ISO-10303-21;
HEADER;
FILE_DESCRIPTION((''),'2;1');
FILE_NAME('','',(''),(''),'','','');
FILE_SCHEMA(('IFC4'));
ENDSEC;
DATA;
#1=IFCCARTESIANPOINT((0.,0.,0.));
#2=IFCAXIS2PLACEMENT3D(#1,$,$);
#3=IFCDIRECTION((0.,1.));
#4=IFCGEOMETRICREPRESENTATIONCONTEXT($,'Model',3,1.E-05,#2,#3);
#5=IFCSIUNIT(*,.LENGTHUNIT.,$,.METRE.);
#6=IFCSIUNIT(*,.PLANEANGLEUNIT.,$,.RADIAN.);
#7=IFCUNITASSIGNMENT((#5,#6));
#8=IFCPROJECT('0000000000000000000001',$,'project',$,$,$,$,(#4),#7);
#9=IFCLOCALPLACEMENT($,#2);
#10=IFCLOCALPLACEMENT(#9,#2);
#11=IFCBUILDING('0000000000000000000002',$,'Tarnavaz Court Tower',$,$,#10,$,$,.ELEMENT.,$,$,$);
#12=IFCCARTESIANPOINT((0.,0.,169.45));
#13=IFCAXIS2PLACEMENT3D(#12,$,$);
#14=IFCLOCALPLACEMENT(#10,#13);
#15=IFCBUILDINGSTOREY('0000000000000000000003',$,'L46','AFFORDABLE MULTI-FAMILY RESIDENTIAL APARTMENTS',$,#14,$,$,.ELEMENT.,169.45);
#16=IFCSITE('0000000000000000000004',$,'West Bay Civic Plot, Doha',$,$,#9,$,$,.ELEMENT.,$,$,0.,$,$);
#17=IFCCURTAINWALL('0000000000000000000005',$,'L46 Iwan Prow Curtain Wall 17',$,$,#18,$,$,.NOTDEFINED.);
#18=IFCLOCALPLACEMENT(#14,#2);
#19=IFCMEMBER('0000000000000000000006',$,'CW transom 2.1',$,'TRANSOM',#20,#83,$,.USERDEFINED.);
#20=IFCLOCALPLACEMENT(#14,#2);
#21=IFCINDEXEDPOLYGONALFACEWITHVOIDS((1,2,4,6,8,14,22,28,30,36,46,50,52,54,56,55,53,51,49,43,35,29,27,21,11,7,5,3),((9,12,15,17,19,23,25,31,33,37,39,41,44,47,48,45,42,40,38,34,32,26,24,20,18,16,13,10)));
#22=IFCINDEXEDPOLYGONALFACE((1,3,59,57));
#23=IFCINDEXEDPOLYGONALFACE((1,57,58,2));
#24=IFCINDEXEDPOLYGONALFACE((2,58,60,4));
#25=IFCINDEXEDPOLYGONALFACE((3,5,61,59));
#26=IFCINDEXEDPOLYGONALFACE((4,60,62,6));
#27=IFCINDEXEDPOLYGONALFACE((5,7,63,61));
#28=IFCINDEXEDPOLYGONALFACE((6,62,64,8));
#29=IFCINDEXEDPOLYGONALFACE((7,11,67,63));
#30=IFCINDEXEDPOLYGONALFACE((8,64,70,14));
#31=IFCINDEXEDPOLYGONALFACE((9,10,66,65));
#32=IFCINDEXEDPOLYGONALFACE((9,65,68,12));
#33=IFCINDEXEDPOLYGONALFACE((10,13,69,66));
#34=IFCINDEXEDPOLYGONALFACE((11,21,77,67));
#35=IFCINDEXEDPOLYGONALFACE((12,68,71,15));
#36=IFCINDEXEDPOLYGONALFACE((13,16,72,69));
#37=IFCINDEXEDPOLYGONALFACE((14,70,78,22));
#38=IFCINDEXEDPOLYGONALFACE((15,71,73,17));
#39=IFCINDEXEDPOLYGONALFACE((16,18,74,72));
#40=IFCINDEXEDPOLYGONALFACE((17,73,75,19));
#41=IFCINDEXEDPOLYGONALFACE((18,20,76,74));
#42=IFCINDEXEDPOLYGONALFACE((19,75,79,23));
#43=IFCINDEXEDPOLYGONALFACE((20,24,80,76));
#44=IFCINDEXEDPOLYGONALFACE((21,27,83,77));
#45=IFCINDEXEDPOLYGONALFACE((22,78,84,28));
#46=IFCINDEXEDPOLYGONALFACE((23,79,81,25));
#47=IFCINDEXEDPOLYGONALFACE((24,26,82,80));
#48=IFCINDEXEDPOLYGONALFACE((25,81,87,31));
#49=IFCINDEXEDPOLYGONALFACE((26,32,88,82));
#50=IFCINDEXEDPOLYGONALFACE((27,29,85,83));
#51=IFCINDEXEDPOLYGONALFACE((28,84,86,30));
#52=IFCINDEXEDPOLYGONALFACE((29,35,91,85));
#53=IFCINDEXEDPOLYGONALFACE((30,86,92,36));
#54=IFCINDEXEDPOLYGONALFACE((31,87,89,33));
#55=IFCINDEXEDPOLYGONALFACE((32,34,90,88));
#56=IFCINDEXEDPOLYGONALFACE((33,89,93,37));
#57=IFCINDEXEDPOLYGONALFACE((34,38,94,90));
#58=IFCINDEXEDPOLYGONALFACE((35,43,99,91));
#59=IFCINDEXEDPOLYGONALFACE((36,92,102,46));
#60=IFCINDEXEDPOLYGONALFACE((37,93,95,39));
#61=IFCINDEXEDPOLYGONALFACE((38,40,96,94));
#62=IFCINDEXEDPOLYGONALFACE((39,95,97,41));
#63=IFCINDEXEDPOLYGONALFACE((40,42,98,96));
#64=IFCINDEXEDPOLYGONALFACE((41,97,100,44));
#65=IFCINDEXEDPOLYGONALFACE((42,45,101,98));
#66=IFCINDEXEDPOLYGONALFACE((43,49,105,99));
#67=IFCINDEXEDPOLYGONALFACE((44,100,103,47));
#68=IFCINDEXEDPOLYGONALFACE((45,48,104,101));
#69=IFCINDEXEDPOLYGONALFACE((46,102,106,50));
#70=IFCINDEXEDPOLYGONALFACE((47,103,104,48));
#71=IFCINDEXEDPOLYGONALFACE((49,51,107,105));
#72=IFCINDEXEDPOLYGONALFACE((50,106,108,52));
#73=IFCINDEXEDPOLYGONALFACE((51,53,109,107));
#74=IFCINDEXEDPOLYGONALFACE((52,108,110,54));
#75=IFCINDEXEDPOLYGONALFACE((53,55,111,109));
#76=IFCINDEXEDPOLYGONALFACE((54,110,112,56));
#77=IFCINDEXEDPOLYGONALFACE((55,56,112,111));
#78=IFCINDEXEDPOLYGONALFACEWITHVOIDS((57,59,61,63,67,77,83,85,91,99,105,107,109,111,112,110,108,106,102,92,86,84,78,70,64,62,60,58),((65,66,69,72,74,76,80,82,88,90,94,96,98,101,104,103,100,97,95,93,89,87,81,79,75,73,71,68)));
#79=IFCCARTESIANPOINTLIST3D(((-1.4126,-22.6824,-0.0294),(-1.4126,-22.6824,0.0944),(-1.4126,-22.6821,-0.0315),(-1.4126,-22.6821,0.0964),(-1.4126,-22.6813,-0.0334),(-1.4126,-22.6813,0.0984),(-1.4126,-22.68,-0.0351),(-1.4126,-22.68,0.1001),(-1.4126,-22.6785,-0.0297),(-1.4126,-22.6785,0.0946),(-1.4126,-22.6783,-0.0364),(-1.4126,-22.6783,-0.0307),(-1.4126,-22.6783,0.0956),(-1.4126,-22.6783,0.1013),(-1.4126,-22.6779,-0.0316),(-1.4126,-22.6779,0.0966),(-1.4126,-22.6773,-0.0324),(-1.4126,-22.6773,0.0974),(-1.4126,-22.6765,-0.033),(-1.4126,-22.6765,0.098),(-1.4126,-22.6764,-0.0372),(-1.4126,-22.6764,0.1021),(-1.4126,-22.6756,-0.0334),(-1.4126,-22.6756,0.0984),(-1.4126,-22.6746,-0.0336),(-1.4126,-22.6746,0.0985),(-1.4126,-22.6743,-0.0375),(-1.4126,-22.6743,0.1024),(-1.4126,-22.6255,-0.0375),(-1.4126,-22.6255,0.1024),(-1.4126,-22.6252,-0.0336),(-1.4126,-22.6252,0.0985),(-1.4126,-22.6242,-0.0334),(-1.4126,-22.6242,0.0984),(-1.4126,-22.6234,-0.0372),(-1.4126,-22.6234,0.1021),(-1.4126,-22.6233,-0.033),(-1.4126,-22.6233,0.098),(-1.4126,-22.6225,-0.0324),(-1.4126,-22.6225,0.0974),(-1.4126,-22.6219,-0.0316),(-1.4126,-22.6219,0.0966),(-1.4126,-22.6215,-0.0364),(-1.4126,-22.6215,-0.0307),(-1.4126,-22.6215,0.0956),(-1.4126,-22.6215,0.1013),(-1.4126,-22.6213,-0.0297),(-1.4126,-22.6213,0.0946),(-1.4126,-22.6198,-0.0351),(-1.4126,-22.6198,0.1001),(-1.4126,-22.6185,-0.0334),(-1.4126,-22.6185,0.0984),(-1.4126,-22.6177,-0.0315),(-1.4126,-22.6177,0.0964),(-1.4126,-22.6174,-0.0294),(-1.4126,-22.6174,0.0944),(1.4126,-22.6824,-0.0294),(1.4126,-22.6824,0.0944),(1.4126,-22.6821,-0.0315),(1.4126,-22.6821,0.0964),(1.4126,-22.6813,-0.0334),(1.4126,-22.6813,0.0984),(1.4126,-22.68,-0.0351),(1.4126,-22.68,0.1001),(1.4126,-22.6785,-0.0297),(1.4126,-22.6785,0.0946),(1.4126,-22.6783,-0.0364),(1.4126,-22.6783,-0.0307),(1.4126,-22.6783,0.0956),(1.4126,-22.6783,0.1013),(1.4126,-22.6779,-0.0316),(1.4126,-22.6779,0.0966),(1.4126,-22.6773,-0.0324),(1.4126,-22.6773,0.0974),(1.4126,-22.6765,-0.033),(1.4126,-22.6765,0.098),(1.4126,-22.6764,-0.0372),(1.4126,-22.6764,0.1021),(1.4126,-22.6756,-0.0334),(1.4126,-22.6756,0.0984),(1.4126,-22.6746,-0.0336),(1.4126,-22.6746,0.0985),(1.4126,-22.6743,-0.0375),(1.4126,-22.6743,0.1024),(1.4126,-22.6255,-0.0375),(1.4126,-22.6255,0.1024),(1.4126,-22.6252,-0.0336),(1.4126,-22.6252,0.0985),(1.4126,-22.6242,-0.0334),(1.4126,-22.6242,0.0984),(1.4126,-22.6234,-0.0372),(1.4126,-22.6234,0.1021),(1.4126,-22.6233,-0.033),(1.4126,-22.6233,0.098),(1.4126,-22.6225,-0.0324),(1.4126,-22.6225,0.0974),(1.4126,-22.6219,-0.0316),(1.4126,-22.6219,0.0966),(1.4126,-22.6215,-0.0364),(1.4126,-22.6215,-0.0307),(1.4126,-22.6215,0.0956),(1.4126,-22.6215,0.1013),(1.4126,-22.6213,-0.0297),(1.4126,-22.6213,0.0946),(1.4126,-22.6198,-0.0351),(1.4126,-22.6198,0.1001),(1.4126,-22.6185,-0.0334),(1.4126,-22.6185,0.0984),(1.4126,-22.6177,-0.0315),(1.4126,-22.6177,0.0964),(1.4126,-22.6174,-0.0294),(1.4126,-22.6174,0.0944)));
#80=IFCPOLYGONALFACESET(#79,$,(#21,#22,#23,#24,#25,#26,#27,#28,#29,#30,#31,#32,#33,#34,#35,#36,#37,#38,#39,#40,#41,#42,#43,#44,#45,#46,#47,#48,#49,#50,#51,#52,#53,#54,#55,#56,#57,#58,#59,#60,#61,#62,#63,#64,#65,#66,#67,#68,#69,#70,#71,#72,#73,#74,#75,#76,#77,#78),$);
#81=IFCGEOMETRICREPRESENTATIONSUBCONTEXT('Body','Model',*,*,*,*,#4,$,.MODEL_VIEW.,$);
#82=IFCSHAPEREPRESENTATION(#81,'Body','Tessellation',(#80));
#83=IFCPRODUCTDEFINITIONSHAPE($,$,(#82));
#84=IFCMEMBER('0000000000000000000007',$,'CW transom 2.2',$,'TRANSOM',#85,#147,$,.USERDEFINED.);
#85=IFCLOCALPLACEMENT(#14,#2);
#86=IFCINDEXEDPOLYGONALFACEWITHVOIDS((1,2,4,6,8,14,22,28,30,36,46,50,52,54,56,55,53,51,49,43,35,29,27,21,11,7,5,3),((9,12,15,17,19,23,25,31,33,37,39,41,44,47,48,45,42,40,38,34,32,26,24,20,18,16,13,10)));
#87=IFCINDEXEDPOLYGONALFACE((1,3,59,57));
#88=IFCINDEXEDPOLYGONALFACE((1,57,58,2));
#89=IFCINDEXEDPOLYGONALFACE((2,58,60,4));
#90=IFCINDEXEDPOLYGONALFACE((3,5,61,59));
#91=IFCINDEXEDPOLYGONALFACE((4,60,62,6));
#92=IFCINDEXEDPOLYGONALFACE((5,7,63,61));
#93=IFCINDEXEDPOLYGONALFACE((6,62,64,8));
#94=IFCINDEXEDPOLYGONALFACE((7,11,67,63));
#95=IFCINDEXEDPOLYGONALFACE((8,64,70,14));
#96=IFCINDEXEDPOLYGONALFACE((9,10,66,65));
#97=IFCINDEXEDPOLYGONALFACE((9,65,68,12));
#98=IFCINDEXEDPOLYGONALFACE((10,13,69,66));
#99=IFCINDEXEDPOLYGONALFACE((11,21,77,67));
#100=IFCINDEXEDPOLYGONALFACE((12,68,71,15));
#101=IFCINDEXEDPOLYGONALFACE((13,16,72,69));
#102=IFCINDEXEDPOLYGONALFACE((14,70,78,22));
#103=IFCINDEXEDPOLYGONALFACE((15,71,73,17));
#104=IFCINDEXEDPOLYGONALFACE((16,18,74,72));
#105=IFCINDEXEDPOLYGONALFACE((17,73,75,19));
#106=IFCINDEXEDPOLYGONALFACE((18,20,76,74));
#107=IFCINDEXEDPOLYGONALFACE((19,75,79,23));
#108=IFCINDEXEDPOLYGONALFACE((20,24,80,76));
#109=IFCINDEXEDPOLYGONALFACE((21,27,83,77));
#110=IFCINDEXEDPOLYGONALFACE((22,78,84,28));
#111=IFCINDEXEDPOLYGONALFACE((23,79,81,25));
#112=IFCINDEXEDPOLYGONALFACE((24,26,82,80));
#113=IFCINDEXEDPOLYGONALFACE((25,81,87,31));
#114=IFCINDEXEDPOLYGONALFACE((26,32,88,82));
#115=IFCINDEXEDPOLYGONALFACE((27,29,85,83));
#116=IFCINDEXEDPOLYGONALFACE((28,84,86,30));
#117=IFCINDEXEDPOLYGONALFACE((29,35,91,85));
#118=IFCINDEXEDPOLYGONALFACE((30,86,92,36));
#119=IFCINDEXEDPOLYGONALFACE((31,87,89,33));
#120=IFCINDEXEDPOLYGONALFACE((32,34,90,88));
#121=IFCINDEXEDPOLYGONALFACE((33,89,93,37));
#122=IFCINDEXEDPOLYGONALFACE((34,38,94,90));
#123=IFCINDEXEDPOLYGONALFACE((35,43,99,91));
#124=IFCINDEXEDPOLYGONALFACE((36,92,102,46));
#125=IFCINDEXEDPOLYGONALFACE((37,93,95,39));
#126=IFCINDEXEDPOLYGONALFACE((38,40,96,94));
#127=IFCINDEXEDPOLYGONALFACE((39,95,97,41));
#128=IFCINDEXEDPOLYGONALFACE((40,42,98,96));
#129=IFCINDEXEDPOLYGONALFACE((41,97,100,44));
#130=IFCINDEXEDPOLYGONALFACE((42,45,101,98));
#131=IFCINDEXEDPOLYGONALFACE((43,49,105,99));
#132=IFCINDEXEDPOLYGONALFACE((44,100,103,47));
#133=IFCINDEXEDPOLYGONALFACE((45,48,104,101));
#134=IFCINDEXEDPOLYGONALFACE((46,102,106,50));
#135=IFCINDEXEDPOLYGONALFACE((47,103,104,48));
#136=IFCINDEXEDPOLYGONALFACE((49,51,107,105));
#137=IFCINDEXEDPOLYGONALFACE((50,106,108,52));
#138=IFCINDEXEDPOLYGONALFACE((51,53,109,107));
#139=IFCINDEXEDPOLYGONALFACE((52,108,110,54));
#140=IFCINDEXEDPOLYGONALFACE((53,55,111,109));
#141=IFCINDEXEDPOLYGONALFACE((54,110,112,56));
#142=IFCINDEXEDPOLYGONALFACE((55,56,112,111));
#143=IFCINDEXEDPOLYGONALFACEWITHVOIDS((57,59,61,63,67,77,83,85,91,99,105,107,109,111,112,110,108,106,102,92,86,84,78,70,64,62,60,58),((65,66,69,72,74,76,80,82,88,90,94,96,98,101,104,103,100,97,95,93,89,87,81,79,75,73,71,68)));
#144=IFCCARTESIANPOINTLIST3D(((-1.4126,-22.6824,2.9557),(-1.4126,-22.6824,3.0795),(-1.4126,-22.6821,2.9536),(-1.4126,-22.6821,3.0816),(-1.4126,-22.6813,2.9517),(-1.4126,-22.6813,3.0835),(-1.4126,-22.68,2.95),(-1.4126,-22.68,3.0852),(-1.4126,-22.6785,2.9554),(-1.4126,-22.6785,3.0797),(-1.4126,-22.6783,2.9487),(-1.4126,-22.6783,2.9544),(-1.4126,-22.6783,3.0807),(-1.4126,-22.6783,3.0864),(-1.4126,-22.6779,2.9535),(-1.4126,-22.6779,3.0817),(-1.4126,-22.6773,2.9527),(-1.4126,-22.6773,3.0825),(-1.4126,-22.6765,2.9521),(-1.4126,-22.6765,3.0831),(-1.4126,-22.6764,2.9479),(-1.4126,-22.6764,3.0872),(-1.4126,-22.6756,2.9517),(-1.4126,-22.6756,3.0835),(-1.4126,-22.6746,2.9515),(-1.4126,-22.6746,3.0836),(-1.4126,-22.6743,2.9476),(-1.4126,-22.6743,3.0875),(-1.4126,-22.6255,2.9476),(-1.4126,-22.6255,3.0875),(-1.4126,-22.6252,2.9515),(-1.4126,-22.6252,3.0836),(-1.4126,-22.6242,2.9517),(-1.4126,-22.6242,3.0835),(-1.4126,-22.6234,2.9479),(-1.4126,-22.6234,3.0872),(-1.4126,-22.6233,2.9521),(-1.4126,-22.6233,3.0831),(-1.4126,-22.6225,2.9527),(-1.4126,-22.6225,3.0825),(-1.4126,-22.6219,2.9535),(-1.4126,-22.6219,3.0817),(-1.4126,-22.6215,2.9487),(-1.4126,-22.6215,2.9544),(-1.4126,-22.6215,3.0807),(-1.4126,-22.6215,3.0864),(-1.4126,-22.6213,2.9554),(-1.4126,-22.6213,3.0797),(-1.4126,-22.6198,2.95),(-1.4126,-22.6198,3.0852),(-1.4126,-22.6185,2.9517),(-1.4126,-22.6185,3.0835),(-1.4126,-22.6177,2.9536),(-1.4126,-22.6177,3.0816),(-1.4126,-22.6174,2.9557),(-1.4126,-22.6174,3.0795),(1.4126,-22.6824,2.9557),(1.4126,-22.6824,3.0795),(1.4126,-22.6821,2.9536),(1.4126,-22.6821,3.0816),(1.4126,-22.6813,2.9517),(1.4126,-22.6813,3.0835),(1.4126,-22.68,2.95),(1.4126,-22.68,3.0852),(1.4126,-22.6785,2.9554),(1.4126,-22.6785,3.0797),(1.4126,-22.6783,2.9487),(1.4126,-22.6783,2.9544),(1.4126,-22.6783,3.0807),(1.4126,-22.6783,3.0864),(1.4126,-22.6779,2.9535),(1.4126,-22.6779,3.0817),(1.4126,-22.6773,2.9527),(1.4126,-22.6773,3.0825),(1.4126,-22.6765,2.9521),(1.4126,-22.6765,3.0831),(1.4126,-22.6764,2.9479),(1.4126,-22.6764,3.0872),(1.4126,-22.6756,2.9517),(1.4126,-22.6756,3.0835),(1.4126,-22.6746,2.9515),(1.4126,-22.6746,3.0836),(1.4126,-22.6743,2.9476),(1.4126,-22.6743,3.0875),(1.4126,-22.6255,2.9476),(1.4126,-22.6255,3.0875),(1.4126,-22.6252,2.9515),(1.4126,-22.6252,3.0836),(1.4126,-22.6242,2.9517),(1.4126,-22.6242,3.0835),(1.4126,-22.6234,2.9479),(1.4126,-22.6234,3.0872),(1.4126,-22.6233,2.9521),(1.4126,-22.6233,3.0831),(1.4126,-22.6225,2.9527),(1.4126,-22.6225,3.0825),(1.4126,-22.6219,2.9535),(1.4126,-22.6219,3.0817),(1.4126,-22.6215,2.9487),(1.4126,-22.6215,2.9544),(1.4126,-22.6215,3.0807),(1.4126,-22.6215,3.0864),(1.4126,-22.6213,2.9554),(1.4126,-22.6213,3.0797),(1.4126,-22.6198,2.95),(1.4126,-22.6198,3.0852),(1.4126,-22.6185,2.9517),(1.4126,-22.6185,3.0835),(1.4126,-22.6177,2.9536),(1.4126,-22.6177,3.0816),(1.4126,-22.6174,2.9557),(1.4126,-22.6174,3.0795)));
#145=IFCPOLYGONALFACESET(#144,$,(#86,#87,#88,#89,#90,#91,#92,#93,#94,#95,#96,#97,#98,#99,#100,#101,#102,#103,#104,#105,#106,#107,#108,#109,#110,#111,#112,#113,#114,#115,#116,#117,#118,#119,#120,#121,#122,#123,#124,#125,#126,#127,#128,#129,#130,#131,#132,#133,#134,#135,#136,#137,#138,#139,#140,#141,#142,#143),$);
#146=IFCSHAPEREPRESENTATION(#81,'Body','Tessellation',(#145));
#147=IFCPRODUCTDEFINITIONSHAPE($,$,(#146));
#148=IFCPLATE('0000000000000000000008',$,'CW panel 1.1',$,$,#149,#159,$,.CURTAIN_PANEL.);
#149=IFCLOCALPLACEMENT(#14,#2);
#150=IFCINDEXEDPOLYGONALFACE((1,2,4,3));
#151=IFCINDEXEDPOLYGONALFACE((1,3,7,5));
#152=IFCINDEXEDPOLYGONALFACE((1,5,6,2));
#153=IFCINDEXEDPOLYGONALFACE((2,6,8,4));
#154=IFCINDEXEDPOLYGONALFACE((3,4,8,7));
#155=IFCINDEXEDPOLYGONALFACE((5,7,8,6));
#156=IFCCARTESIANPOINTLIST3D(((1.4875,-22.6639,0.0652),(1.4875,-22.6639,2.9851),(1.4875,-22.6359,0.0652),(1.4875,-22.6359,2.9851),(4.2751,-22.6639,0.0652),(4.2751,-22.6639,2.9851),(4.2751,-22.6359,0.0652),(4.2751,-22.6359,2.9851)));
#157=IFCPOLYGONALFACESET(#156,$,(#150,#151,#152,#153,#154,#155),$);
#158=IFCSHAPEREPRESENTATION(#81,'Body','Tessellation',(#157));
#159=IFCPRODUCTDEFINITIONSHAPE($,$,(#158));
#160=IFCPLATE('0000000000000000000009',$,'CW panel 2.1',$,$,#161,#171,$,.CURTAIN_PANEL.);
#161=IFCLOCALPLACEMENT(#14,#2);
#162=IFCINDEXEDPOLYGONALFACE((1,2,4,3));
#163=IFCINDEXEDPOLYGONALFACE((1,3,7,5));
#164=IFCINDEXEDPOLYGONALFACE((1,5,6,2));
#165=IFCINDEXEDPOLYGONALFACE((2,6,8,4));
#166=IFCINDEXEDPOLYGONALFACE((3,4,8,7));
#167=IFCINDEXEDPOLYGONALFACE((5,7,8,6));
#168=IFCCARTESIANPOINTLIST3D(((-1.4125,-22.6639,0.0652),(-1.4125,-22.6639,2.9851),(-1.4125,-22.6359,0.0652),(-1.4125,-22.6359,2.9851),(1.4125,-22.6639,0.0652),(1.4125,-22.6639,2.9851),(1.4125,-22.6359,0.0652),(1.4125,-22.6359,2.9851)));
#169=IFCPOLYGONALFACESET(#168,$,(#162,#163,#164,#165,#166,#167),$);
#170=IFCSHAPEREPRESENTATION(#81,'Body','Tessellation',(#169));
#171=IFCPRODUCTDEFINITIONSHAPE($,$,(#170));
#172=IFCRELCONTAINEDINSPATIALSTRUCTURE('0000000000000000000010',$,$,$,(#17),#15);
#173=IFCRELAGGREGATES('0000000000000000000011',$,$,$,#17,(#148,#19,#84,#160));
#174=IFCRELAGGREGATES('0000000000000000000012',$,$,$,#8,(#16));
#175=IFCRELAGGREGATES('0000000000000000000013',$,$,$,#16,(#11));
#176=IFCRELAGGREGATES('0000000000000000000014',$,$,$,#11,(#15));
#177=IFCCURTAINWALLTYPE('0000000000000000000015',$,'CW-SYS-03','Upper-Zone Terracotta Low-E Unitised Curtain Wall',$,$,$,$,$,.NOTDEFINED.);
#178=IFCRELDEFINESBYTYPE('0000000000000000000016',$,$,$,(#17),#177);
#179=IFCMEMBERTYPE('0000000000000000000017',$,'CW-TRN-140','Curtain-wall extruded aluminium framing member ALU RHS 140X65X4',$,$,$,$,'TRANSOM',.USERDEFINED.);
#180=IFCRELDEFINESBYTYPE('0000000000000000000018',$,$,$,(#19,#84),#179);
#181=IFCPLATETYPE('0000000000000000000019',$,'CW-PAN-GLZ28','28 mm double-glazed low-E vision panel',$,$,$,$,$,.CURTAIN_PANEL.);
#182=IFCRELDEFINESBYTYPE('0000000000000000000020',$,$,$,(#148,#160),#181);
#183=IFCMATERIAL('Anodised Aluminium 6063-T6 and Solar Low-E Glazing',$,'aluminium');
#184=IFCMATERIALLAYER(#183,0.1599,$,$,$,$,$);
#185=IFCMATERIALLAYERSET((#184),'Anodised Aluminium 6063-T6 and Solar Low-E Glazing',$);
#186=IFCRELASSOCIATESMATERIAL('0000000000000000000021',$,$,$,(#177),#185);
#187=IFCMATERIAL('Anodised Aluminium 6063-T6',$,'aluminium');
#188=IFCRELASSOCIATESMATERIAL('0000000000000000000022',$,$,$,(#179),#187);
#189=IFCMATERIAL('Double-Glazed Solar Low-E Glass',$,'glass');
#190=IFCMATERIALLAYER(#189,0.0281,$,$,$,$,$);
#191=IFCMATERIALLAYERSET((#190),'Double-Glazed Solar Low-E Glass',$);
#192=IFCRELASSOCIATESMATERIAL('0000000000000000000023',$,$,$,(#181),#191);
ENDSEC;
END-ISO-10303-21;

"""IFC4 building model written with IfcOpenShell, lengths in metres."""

from ifc_helpers import new_model, si_unit, direction, frame, origin, origin_2d, place, context, subcontext, project, spatial, rectangle, hollow_rectangle, extrude, material, layer, layer_set, material_profile, profile_set, type_object, element, aggregate, save


model = new_model("IFC4")

# Units and contexts
model_context = context("Model", 3, precision=1e-05, world=origin(), true_north=direction((0.0, 1.0)))
body_context = subcontext(model_context, "Body", "Model", "MODEL_VIEW")
ifc_project = project(units=[si_unit("LENGTHUNIT", "METRE"), si_unit("PLANEANGLEUNIT", "RADIAN")], contexts=[model_context])

# Site, building, storey
site_placement = place(None, origin())
site = spatial("IfcSite", under=ifc_project, at=site_placement, Name="West Bay Civic Plot, Doha", CompositionType="ELEMENT", RefElevation=0.0)
building_placement = place(site_placement, origin())
building = spatial("IfcBuilding", under=site, at=building_placement, Name="Tarnavaz Court Tower", CompositionType="ELEMENT")
storey_placement = place(building_placement, frame((0.0, 0.0, 169.45)))
storey = spatial("IfcBuildingStorey", under=building, at=storey_placement, Name="L46", Description="AFFORDABLE MULTI-FAMILY RESIDENTIAL APARTMENTS", CompositionType="ELEMENT", Elevation=169.45)

# Curtain wall, members, plates
ifc_material_1 = material(Name="Anodised Aluminium 6063-T6 and Solar Low-E Glazing", Category="aluminium")
ifc_layer_1 = layer(ifc_material_1, 0.1599)
ifc_layer_set_1 = layer_set([ifc_layer_1], Name="Anodised Aluminium 6063-T6 and Solar Low-E Glazing")
curtain_wall_type = type_object("IfcCurtainWallType", Name="CW-SYS-03", Description="Upper-Zone Terracotta Low-E Unitised Curtain Wall", PredefinedType="NOTDEFINED", material=ifc_layer_set_1)
curtain_wall_placement = place(storey_placement, origin())
curtain_wall = element("IfcCurtainWall", 1, at=curtain_wall_placement, inside=storey, type_object=curtain_wall_type, Name="L46 Iwan Prow Curtain Wall 17", PredefinedType="NOTDEFINED")
ifc_material_2 = material(Name="Anodised Aluminium 6063-T6", Category="aluminium")
ifc_material_profile_1 = material_profile(ifc_material_2, hollow_rectangle(XDim=0.0649, YDim=0.1399, WallThickness=0.0039, InnerFilletRadius=0.0039, OuterFilletRadius=0.0081, at=origin_2d()), Name="ALU RHS 140X65X4")
ifc_profile_set_1 = profile_set([ifc_material_profile_1], Name="Anodised Aluminium 6063-T6")
member_type_1 = type_object("IfcMemberType", Name="CW-TRN-140", Description="Curtain-wall extruded aluminium framing member ALU RHS 140X65X4", ElementType="TRANSOM", PredefinedType="USERDEFINED", material=ifc_profile_set_1)
member_1_placement = place(storey_placement, frame((1.4126, -22.6499, 0.0325), z_axis=(-1.0, 0.0, 0.0), x_axis=(0.0, -1.0, 0.0)))
member_1 = element("IfcMember", 2, at=member_1_placement, type_object=member_type_1, Name="CW transom 2.1", ObjectType="TRANSOM", PredefinedType="USERDEFINED", context=body_context, shape_type="SweptSolid", body=[
    extrude(hollow_rectangle(XDim=0.0649, YDim=0.1399, WallThickness=0.0039, InnerFilletRadius=0.0039, OuterFilletRadius=0.0081, at=origin_2d()), origin(), (0.0, 0.0, 1.0), 2.8252),
])
member_2_placement = place(storey_placement, frame((1.4126, -22.6499, 3.0176), z_axis=(-1.0, 0.0, 0.0), x_axis=(0.0, -1.0, 0.0)))
member_2 = element("IfcMember", 3, at=member_2_placement, type_object=member_type_1, Name="CW transom 2.2", ObjectType="TRANSOM", PredefinedType="USERDEFINED", context=body_context, shape_type="SweptSolid", body=[
    extrude(hollow_rectangle(XDim=0.0649, YDim=0.1399, WallThickness=0.0039, InnerFilletRadius=0.0039, OuterFilletRadius=0.0081, at=origin_2d()), origin(), (0.0, 0.0, 1.0), 2.8252),
])
ifc_material_3 = material(Name="Double-Glazed Solar Low-E Glass", Category="glass")
ifc_layer_2 = layer(ifc_material_3, 0.0281)
ifc_layer_set_2 = layer_set([ifc_layer_2], Name="Double-Glazed Solar Low-E Glass")
plate_type = type_object("IfcPlateType", Name="CW-PAN-GLZ28", Description="28 mm double-glazed low-E vision panel", PredefinedType="CURTAIN_PANEL", material=ifc_layer_set_2)
plate_1_placement = place(storey_placement, frame((2.8813, -22.6499, 0.0652), z_axis=(0.0, 0.0, 1.0), x_axis=(-1.0, 0.0, 0.0)))
plate_1 = element("IfcPlate", 4, at=plate_1_placement, type_object=plate_type, Name="CW panel 1.1", PredefinedType="CURTAIN_PANEL", context=body_context, shape_type="SweptSolid", body=[
    extrude(rectangle(XDim=2.7876, YDim=0.0281, at=origin_2d()), origin(), (0.0, 0.0, 1.0), 2.9199),
])
plate_2_placement = place(storey_placement, frame((0.0, -22.6499, 0.0652), z_axis=(0.0, 0.0, 1.0), x_axis=(-1.0, 0.0, 0.0)))
plate_2 = element("IfcPlate", 5, at=plate_2_placement, type_object=plate_type, Name="CW panel 2.1", PredefinedType="CURTAIN_PANEL", context=body_context, shape_type="SweptSolid", body=[
    extrude(rectangle(XDim=2.825, YDim=0.0281, at=origin_2d()), origin(), (0.0, 0.0, 1.0), 2.9199),
])
aggregate(curtain_wall, [plate_1, member_1, member_2, plate_2])

save(model, "model.ifc")
